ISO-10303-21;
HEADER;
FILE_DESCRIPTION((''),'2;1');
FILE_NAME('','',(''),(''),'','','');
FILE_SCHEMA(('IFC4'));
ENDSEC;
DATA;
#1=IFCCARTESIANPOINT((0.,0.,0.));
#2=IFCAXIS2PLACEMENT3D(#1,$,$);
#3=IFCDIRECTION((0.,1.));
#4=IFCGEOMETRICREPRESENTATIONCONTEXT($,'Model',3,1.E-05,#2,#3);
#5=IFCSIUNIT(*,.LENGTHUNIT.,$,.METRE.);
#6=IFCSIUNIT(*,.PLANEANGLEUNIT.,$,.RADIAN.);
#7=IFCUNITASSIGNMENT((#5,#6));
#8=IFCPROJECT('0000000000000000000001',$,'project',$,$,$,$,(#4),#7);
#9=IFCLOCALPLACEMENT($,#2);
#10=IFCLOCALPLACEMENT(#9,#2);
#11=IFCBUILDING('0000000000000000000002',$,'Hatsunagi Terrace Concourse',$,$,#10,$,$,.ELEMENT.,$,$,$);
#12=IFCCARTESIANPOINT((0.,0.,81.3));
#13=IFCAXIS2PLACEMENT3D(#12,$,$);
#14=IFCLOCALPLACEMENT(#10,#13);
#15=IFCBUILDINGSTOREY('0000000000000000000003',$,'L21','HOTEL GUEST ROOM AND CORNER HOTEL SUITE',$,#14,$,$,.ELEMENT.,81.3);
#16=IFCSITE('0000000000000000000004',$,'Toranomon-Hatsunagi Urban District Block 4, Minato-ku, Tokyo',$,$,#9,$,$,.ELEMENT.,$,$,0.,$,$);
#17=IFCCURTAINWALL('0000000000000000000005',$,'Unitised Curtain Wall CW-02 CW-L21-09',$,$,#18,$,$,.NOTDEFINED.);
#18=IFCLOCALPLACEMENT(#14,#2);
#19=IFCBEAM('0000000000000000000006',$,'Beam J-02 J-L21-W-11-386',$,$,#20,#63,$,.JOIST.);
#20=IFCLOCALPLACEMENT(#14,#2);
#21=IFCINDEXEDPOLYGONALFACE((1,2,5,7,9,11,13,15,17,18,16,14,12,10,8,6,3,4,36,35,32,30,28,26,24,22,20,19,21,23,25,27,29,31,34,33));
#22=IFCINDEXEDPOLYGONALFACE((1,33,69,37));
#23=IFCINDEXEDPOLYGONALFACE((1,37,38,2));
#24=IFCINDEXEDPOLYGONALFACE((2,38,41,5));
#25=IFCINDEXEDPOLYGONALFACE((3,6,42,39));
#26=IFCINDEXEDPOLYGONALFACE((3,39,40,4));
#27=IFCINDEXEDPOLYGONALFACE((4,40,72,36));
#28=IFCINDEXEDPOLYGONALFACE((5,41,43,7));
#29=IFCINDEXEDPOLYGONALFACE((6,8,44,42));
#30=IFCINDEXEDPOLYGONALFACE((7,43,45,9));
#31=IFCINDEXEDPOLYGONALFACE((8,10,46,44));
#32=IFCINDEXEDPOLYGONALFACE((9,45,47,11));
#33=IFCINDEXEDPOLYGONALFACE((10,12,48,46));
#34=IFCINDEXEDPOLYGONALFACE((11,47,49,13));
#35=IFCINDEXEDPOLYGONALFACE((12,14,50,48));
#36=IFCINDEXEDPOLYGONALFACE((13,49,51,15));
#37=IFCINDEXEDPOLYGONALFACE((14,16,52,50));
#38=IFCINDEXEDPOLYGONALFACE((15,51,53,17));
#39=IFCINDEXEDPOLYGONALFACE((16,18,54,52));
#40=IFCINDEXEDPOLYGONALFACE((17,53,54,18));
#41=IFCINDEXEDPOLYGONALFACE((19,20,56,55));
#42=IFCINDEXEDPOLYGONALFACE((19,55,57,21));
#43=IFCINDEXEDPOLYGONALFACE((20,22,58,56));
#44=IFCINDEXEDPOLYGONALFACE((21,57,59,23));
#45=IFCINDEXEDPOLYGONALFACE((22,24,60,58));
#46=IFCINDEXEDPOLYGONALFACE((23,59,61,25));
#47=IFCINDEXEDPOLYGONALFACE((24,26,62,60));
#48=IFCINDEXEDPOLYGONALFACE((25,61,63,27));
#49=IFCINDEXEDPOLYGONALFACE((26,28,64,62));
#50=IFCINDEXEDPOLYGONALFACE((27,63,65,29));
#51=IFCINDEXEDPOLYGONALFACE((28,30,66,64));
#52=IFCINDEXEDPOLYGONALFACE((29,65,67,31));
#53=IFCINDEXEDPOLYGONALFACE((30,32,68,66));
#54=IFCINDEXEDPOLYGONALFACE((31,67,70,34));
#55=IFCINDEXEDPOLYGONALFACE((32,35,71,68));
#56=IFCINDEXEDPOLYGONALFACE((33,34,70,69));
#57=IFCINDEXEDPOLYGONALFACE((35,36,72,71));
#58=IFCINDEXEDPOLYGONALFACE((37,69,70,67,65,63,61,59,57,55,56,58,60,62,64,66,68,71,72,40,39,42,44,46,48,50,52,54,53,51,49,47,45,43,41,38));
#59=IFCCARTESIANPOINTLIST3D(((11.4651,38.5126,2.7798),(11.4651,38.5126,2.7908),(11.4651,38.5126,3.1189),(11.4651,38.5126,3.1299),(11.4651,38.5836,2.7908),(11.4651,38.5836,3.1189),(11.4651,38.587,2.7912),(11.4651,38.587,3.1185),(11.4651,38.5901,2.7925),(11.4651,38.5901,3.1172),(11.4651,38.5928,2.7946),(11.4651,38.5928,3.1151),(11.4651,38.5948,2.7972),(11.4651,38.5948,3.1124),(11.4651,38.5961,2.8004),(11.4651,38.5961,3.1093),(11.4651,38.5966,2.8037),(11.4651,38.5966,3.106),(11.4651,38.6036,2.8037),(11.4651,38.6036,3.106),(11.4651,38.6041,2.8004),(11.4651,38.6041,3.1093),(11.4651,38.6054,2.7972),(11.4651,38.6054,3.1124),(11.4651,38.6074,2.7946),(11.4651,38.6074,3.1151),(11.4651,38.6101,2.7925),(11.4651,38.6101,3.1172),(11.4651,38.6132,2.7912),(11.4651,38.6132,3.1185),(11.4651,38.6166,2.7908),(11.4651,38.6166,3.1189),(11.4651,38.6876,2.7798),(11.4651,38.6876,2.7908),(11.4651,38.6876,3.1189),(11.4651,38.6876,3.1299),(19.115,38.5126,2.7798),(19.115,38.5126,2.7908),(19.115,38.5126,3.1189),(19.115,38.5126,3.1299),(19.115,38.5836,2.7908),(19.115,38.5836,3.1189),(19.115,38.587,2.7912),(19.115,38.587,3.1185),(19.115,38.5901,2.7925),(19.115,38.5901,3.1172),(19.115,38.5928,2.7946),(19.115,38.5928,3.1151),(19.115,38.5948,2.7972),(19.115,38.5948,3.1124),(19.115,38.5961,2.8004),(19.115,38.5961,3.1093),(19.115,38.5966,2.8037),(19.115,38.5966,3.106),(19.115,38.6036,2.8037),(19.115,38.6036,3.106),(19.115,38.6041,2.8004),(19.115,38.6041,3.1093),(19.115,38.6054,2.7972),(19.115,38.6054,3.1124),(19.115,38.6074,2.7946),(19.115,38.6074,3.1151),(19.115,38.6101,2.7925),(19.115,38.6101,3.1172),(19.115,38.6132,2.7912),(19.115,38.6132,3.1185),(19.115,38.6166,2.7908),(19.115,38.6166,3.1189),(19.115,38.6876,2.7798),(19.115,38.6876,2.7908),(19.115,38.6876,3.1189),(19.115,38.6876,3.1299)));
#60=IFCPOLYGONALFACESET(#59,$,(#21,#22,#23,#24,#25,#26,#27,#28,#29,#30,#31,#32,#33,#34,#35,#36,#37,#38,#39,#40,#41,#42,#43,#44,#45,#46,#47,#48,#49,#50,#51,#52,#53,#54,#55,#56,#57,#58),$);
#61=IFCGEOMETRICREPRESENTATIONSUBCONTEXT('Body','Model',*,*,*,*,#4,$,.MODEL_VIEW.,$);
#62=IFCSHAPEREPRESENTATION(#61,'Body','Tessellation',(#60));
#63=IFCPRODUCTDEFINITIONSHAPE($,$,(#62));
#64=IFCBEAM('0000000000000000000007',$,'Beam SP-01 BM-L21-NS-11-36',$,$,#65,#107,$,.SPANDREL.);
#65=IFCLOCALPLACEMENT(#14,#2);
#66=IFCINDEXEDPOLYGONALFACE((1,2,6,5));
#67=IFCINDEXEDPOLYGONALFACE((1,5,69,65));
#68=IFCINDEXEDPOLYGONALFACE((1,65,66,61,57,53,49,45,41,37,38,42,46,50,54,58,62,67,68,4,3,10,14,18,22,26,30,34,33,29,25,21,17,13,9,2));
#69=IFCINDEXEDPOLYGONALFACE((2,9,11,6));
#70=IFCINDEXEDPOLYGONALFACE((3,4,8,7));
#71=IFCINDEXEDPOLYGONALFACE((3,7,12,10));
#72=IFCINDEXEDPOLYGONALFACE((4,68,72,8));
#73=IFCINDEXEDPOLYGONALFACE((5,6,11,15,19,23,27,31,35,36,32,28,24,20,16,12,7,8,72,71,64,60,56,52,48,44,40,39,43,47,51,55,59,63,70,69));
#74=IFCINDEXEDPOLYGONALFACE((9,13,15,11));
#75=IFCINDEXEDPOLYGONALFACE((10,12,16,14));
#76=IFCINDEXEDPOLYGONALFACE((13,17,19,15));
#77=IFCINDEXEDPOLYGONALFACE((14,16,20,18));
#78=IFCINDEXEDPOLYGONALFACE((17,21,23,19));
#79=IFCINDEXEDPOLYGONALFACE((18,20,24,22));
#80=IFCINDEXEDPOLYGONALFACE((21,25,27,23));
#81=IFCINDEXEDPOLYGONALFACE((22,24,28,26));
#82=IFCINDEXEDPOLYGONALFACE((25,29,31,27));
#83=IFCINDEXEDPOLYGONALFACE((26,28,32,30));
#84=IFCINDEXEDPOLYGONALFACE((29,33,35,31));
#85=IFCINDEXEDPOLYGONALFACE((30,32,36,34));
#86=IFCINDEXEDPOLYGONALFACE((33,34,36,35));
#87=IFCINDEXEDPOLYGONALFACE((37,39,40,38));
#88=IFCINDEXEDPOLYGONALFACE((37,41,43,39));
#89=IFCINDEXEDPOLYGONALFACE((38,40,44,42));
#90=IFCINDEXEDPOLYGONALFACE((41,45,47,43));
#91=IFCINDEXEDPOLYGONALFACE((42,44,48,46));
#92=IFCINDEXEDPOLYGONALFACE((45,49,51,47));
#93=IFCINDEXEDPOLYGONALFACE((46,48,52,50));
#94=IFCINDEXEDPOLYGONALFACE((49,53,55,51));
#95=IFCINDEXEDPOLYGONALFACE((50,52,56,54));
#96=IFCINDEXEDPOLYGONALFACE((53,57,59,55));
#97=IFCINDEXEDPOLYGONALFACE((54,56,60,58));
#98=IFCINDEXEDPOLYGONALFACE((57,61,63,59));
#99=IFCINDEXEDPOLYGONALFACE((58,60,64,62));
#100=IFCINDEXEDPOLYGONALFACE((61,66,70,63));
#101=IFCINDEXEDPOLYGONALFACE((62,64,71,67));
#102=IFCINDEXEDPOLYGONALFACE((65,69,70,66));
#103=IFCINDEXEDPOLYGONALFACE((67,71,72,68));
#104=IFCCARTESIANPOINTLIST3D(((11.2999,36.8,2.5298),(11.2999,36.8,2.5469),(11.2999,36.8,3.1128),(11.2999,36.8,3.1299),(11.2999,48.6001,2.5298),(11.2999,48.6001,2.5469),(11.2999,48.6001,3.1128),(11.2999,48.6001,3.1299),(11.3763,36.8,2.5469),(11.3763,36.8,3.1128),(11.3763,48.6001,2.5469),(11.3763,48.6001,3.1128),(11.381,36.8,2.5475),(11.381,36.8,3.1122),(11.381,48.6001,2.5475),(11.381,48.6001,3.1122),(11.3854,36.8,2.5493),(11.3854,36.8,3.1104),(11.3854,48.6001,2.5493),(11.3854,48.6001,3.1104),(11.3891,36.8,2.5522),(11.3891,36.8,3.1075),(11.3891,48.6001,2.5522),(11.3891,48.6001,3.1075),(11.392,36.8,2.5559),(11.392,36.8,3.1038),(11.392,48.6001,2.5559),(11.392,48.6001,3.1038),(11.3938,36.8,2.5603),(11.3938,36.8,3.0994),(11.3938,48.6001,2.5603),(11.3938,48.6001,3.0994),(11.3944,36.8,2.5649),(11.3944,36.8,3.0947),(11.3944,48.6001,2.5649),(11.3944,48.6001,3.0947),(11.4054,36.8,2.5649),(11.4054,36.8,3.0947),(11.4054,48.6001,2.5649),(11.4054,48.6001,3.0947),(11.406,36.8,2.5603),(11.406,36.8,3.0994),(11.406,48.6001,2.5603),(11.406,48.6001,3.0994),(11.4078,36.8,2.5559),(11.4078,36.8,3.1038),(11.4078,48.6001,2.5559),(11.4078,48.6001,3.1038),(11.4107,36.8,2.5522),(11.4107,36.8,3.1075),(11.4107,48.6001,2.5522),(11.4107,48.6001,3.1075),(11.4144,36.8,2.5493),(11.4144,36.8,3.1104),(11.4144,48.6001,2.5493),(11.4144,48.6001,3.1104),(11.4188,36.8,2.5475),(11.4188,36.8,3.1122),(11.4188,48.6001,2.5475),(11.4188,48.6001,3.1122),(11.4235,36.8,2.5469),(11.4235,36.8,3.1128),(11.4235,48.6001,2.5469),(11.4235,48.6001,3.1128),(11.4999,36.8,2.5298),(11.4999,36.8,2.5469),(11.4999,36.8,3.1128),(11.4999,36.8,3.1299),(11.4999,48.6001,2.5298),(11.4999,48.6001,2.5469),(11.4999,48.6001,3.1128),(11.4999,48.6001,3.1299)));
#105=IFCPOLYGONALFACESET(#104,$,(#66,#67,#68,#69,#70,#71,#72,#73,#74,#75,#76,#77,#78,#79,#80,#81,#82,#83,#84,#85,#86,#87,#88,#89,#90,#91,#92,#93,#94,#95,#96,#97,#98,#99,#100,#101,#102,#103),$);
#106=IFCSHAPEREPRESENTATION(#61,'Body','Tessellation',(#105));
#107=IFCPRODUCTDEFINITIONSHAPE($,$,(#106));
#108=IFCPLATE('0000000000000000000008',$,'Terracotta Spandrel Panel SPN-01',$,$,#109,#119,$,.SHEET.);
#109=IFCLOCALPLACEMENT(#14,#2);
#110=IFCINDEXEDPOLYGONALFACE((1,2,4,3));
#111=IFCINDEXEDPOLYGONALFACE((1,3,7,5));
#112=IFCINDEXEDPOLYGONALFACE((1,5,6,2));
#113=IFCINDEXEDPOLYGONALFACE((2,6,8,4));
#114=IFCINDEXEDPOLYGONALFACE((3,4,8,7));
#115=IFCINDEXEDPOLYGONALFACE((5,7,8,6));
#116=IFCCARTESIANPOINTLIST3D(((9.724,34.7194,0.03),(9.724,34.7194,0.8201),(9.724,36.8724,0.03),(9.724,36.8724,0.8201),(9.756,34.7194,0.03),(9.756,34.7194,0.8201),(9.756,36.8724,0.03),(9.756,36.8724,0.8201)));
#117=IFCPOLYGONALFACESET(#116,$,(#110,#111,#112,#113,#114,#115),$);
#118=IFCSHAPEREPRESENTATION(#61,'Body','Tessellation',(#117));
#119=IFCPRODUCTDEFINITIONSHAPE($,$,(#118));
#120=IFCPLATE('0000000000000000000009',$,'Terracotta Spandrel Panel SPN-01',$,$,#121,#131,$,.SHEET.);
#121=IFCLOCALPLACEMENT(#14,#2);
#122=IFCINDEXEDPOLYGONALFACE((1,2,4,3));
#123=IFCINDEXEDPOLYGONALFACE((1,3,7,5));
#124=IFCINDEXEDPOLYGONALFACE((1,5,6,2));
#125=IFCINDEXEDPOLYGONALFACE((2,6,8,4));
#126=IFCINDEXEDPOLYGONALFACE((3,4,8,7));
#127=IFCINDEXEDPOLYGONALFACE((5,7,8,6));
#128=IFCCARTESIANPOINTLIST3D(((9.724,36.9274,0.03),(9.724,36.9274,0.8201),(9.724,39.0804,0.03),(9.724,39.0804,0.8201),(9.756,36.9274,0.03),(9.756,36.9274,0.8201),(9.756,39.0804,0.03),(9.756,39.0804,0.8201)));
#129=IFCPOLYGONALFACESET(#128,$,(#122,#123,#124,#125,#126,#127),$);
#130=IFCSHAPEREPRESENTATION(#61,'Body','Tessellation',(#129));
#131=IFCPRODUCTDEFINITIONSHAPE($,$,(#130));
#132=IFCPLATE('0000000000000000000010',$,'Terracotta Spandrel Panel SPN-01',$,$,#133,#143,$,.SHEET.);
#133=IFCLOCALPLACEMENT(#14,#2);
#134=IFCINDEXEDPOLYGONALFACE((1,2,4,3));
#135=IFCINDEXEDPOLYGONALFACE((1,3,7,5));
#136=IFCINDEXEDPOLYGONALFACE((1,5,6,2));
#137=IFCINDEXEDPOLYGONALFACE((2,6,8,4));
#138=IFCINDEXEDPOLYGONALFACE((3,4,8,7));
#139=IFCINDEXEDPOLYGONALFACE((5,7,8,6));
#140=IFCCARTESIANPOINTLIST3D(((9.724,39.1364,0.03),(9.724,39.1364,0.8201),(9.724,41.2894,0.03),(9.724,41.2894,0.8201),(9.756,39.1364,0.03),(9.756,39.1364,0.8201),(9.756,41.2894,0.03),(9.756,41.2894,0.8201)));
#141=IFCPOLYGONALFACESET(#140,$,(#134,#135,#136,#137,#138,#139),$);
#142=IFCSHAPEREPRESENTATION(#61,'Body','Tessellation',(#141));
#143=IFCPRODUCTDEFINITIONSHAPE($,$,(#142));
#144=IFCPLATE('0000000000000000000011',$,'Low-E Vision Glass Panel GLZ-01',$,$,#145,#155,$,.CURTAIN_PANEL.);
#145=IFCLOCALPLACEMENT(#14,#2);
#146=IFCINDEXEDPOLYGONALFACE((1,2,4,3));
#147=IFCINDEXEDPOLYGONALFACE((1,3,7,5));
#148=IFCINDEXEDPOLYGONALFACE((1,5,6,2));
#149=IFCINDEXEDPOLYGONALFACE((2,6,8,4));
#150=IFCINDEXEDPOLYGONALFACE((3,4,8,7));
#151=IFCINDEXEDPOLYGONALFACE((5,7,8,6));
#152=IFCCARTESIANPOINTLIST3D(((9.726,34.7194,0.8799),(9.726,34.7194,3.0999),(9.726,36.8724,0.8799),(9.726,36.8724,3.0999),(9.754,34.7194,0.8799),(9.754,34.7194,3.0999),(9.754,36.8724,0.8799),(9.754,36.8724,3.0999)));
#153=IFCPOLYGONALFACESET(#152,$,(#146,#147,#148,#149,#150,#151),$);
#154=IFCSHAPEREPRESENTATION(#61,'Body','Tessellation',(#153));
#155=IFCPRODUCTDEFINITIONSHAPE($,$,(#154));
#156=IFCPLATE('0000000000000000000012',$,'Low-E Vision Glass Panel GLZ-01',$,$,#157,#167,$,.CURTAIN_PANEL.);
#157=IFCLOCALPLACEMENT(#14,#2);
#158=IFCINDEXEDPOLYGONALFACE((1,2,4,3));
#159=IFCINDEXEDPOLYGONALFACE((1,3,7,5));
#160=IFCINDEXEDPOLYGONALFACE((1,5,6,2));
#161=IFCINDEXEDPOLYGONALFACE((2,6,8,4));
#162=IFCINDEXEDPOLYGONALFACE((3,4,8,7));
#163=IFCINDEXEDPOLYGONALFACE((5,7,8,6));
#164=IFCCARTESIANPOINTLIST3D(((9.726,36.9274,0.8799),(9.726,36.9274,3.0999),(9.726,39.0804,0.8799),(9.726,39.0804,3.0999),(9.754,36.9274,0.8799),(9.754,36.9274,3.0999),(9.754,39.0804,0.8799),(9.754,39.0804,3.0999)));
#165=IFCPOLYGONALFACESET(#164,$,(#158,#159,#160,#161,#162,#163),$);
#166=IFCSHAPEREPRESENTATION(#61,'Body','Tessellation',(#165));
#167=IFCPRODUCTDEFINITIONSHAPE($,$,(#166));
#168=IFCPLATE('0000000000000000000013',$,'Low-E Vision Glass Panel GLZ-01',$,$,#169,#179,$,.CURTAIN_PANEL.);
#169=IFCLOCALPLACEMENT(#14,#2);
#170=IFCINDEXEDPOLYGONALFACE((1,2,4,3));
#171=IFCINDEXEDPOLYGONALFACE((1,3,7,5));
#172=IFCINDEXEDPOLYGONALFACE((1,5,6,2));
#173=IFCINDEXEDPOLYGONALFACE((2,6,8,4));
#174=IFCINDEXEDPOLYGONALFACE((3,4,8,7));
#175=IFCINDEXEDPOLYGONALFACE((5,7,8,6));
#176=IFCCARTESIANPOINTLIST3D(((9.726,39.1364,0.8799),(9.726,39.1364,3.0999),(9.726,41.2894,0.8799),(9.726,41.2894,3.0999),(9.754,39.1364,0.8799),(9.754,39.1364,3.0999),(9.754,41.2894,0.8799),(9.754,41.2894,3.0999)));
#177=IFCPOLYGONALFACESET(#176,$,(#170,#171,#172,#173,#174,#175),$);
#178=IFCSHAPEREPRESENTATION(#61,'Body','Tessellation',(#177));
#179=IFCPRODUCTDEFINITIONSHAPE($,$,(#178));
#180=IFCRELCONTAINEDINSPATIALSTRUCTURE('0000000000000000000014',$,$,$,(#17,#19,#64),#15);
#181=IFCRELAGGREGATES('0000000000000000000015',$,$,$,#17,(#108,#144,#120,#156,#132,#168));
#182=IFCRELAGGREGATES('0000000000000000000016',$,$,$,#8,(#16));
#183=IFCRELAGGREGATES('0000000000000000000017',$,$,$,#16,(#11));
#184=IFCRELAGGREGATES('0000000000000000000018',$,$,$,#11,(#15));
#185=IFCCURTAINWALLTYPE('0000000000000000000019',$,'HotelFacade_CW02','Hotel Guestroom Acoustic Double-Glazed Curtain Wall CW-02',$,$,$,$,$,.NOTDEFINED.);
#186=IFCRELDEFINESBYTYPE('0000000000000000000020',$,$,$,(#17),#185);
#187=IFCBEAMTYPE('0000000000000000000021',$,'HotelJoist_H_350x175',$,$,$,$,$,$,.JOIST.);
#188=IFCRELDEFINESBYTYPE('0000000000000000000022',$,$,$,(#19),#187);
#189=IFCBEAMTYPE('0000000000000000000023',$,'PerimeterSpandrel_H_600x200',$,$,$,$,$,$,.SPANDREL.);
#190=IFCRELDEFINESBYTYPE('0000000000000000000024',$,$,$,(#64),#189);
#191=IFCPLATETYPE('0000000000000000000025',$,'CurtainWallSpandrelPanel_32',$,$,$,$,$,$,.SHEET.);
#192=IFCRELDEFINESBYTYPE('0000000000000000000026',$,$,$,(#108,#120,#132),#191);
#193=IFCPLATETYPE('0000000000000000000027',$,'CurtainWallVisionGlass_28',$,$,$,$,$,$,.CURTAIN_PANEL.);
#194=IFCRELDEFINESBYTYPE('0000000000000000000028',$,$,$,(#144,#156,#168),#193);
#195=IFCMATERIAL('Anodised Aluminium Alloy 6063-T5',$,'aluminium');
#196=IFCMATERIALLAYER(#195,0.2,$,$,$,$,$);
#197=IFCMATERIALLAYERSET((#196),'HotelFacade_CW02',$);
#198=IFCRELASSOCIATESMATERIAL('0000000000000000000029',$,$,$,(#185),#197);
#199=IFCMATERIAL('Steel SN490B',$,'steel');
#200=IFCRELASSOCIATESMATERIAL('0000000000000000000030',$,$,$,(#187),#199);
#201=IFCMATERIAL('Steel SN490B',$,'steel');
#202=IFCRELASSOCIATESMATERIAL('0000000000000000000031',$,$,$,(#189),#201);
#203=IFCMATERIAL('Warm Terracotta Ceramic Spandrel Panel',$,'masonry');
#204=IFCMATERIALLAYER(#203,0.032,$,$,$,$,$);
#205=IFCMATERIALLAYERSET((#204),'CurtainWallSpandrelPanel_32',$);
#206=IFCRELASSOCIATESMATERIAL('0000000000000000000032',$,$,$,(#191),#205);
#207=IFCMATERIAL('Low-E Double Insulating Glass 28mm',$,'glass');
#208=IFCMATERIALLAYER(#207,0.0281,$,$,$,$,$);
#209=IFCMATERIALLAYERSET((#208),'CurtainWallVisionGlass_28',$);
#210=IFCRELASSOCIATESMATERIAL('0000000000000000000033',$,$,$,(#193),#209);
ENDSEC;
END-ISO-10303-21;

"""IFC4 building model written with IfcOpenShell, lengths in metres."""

from ifc_helpers import new_model, si_unit, direction, frame, origin, origin_2d, place, context, subcontext, project, spatial, rectangle, i_section, extrude, material, layer, layer_set, material_profile, profile_set, type_object, element, aggregate, save


model = new_model("IFC4")

# Units and contexts
model_context = context("Model", 3, precision=1e-05, world=origin(), true_north=direction((0.0, 1.0)))
body_context = subcontext(model_context, "Body", "Model", "MODEL_VIEW")
ifc_project = project(units=[si_unit("LENGTHUNIT", "METRE"), si_unit("PLANEANGLEUNIT", "RADIAN")], contexts=[model_context])

# Site, building, storey
site_placement = place(None, origin())
site = spatial("IfcSite", under=ifc_project, at=site_placement, Name="Toranomon-Hatsunagi Urban District Block 4, Minato-ku, Tokyo", CompositionType="ELEMENT", RefElevation=0.0)
building_placement = place(site_placement, origin())
building = spatial("IfcBuilding", under=site, at=building_placement, Name="Hatsunagi Terrace Concourse", CompositionType="ELEMENT")
storey_placement = place(building_placement, frame((0.0, 0.0, 81.3)))
storey = spatial("IfcBuildingStorey", under=building, at=storey_placement, Name="L21", Description="HOTEL GUEST ROOM AND CORNER HOTEL SUITE", CompositionType="ELEMENT", Elevation=81.3)

# Curtain wall
ifc_material_1 = material(Name="Anodised Aluminium Alloy 6063-T5", Category="aluminium")
ifc_layer_1 = layer(ifc_material_1, 0.2)
ifc_layer_set_1 = layer_set([ifc_layer_1], Name="HotelFacade_CW02")
curtain_wall_type = type_object("IfcCurtainWallType", Name="HotelFacade_CW02", Description="Hotel Guestroom Acoustic Double-Glazed Curtain Wall CW-02", PredefinedType="NOTDEFINED", material=ifc_layer_set_1)
curtain_wall_placement = place(storey_placement, origin())
curtain_wall = element("IfcCurtainWall", 1, at=curtain_wall_placement, inside=storey, type_object=curtain_wall_type, Name="Unitised Curtain Wall CW-02 CW-L21-09", PredefinedType="NOTDEFINED")

# Beams
ifc_material_2 = material(Name="Steel SN490B", Category="steel")
ifc_material_profile_1 = material_profile(ifc_material_2, i_section(OverallWidth=0.175, OverallDepth=0.3501, WebThickness=0.0071, FlangeThickness=0.011, FilletRadius=0.0129, at=origin_2d()), Name="H-350x175x7x11")
ifc_profile_set_1 = profile_set([ifc_material_profile_1], Name="Steel SN490B")
beam_type_1 = type_object("IfcBeamType", Name="HotelJoist_H_350x175", PredefinedType="JOIST", material=ifc_profile_set_1)
for number, where, z_axis, x_axis, name in (
    (2, (11.4651, 38.6001, 2.9548), (1.0, 0.0, 0.0), (0.0, 1.0, 0.0), "Beam J-02 J-L21-W-11-386"),
):
    element("IfcBeam", number, at=place(storey_placement, frame(where, z_axis=z_axis, x_axis=x_axis)), inside=storey, type_object=beam_type_1, Name=name, PredefinedType="JOIST", context=body_context, shape_type="SweptSolid", body=[
        extrude(i_section(OverallWidth=0.175, OverallDepth=0.3501, WebThickness=0.0071, FlangeThickness=0.011, FilletRadius=0.0129, at=origin_2d()), origin(), (0.0, 0.0, 1.0), 7.6499),
    ])
ifc_material_3 = material(Name="Steel SN490B", Category="steel")
ifc_material_profile_2 = material_profile(ifc_material_3, i_section(OverallWidth=0.2, OverallDepth=0.6001, WebThickness=0.011, FlangeThickness=0.0171, FilletRadius=0.0181, at=origin_2d()), Name="H-600x200x11x17")
ifc_profile_set_2 = profile_set([ifc_material_profile_2], Name="Steel SN490B")
beam_type_2 = type_object("IfcBeamType", Name="PerimeterSpandrel_H_600x200", PredefinedType="SPANDREL", material=ifc_profile_set_2)
beam_1_placement = place(storey_placement, frame((11.3999, 36.8, 2.8298), z_axis=(0.0, 1.0, 0.0), x_axis=(-1.0, 0.0, 0.0)))
element("IfcBeam", 3, at=beam_1_placement, inside=storey, type_object=beam_type_2, Name="Beam SP-01 BM-L21-NS-11-36", PredefinedType="SPANDREL", context=body_context, shape_type="SweptSolid", body=[
    extrude(i_section(OverallWidth=0.2, OverallDepth=0.6001, WebThickness=0.011, FlangeThickness=0.0171, FilletRadius=0.0181, at=origin_2d()), origin(), (0.0, 0.0, 1.0), 11.8),
])

# Plates
ifc_material_4 = material(Name="Warm Terracotta Ceramic Spandrel Panel", Category="masonry")
ifc_layer_2 = layer(ifc_material_4, 0.032)
ifc_layer_set_2 = layer_set([ifc_layer_2], Name="CurtainWallSpandrelPanel_32")
plate_type_1 = type_object("IfcPlateType", Name="CurtainWallSpandrelPanel_32", PredefinedType="SHEET", material=ifc_layer_set_2)
plate_1_placement = place(storey_placement, frame((9.74, 35.7959, 0.03), z_axis=(0.0, 0.0, 1.0), x_axis=(0.0, 1.0, 0.0)))
plate_1 = element("IfcPlate", 4, at=plate_1_placement, type_object=plate_type_1, Name="Terracotta Spandrel Panel SPN-01", PredefinedType="SHEET", context=body_context, shape_type="SweptSolid", body=[
    extrude(rectangle(XDim=2.1531, YDim=0.032, at=origin_2d()), origin(), (0.0, 0.0, 1.0), 0.79),
])
plate_2_placement = place(storey_placement, frame((9.74, 38.0039, 0.03), z_axis=(0.0, 0.0, 1.0), x_axis=(0.0, 1.0, 0.0)))
plate_2 = element("IfcPlate", 5, at=plate_2_placement, type_object=plate_type_1, Name="Terracotta Spandrel Panel SPN-01", PredefinedType="SHEET", context=body_context, shape_type="SweptSolid", body=[
    extrude(rectangle(XDim=2.1531, YDim=0.032, at=origin_2d()), origin(), (0.0, 0.0, 1.0), 0.79),
])
plate_3_placement = place(storey_placement, frame((9.74, 40.2129, 0.03), z_axis=(0.0, 0.0, 1.0), x_axis=(0.0, 1.0, 0.0)))
plate_3 = element("IfcPlate", 6, at=plate_3_placement, type_object=plate_type_1, Name="Terracotta Spandrel Panel SPN-01", PredefinedType="SHEET", context=body_context, shape_type="SweptSolid", body=[
    extrude(rectangle(XDim=2.1531, YDim=0.032, at=origin_2d()), origin(), (0.0, 0.0, 1.0), 0.79),
])
ifc_material_5 = material(Name="Low-E Double Insulating Glass 28mm", Category="glass")
ifc_layer_3 = layer(ifc_material_5, 0.0281)
ifc_layer_set_3 = layer_set([ifc_layer_3], Name="CurtainWallVisionGlass_28")
plate_type_2 = type_object("IfcPlateType", Name="CurtainWallVisionGlass_28", PredefinedType="CURTAIN_PANEL", material=ifc_layer_set_3)
plate_4_placement = place(storey_placement, frame((9.74, 35.7959, 0.8799), z_axis=(0.0, 0.0, 1.0), x_axis=(0.0, 1.0, 0.0)))
plate_4 = element("IfcPlate", 7, at=plate_4_placement, type_object=plate_type_2, Name="Low-E Vision Glass Panel GLZ-01", PredefinedType="CURTAIN_PANEL", context=body_context, shape_type="SweptSolid", body=[
    extrude(rectangle(XDim=2.1531, YDim=0.0281, at=origin_2d()), origin(), (0.0, 0.0, 1.0), 2.22),
])
plate_5_placement = place(storey_placement, frame((9.74, 38.0039, 0.8799), z_axis=(0.0, 0.0, 1.0), x_axis=(0.0, 1.0, 0.0)))
plate_5 = element("IfcPlate", 8, at=plate_5_placement, type_object=plate_type_2, Name="Low-E Vision Glass Panel GLZ-01", PredefinedType="CURTAIN_PANEL", context=body_context, shape_type="SweptSolid", body=[
    extrude(rectangle(XDim=2.1531, YDim=0.0281, at=origin_2d()), origin(), (0.0, 0.0, 1.0), 2.22),
])
plate_6_placement = place(storey_placement, frame((9.74, 40.2129, 0.8799), z_axis=(0.0, 0.0, 1.0), x_axis=(0.0, 1.0, 0.0)))
plate_6 = element("IfcPlate", 9, at=plate_6_placement, type_object=plate_type_2, Name="Low-E Vision Glass Panel GLZ-01", PredefinedType="CURTAIN_PANEL", context=body_context, shape_type="SweptSolid", body=[
    extrude(rectangle(XDim=2.1531, YDim=0.0281, at=origin_2d()), origin(), (0.0, 0.0, 1.0), 2.22),
])
aggregate(curtain_wall, [plate_1, plate_4, plate_2, plate_5, plate_3, plate_6])

save(model, "model.ifc")
